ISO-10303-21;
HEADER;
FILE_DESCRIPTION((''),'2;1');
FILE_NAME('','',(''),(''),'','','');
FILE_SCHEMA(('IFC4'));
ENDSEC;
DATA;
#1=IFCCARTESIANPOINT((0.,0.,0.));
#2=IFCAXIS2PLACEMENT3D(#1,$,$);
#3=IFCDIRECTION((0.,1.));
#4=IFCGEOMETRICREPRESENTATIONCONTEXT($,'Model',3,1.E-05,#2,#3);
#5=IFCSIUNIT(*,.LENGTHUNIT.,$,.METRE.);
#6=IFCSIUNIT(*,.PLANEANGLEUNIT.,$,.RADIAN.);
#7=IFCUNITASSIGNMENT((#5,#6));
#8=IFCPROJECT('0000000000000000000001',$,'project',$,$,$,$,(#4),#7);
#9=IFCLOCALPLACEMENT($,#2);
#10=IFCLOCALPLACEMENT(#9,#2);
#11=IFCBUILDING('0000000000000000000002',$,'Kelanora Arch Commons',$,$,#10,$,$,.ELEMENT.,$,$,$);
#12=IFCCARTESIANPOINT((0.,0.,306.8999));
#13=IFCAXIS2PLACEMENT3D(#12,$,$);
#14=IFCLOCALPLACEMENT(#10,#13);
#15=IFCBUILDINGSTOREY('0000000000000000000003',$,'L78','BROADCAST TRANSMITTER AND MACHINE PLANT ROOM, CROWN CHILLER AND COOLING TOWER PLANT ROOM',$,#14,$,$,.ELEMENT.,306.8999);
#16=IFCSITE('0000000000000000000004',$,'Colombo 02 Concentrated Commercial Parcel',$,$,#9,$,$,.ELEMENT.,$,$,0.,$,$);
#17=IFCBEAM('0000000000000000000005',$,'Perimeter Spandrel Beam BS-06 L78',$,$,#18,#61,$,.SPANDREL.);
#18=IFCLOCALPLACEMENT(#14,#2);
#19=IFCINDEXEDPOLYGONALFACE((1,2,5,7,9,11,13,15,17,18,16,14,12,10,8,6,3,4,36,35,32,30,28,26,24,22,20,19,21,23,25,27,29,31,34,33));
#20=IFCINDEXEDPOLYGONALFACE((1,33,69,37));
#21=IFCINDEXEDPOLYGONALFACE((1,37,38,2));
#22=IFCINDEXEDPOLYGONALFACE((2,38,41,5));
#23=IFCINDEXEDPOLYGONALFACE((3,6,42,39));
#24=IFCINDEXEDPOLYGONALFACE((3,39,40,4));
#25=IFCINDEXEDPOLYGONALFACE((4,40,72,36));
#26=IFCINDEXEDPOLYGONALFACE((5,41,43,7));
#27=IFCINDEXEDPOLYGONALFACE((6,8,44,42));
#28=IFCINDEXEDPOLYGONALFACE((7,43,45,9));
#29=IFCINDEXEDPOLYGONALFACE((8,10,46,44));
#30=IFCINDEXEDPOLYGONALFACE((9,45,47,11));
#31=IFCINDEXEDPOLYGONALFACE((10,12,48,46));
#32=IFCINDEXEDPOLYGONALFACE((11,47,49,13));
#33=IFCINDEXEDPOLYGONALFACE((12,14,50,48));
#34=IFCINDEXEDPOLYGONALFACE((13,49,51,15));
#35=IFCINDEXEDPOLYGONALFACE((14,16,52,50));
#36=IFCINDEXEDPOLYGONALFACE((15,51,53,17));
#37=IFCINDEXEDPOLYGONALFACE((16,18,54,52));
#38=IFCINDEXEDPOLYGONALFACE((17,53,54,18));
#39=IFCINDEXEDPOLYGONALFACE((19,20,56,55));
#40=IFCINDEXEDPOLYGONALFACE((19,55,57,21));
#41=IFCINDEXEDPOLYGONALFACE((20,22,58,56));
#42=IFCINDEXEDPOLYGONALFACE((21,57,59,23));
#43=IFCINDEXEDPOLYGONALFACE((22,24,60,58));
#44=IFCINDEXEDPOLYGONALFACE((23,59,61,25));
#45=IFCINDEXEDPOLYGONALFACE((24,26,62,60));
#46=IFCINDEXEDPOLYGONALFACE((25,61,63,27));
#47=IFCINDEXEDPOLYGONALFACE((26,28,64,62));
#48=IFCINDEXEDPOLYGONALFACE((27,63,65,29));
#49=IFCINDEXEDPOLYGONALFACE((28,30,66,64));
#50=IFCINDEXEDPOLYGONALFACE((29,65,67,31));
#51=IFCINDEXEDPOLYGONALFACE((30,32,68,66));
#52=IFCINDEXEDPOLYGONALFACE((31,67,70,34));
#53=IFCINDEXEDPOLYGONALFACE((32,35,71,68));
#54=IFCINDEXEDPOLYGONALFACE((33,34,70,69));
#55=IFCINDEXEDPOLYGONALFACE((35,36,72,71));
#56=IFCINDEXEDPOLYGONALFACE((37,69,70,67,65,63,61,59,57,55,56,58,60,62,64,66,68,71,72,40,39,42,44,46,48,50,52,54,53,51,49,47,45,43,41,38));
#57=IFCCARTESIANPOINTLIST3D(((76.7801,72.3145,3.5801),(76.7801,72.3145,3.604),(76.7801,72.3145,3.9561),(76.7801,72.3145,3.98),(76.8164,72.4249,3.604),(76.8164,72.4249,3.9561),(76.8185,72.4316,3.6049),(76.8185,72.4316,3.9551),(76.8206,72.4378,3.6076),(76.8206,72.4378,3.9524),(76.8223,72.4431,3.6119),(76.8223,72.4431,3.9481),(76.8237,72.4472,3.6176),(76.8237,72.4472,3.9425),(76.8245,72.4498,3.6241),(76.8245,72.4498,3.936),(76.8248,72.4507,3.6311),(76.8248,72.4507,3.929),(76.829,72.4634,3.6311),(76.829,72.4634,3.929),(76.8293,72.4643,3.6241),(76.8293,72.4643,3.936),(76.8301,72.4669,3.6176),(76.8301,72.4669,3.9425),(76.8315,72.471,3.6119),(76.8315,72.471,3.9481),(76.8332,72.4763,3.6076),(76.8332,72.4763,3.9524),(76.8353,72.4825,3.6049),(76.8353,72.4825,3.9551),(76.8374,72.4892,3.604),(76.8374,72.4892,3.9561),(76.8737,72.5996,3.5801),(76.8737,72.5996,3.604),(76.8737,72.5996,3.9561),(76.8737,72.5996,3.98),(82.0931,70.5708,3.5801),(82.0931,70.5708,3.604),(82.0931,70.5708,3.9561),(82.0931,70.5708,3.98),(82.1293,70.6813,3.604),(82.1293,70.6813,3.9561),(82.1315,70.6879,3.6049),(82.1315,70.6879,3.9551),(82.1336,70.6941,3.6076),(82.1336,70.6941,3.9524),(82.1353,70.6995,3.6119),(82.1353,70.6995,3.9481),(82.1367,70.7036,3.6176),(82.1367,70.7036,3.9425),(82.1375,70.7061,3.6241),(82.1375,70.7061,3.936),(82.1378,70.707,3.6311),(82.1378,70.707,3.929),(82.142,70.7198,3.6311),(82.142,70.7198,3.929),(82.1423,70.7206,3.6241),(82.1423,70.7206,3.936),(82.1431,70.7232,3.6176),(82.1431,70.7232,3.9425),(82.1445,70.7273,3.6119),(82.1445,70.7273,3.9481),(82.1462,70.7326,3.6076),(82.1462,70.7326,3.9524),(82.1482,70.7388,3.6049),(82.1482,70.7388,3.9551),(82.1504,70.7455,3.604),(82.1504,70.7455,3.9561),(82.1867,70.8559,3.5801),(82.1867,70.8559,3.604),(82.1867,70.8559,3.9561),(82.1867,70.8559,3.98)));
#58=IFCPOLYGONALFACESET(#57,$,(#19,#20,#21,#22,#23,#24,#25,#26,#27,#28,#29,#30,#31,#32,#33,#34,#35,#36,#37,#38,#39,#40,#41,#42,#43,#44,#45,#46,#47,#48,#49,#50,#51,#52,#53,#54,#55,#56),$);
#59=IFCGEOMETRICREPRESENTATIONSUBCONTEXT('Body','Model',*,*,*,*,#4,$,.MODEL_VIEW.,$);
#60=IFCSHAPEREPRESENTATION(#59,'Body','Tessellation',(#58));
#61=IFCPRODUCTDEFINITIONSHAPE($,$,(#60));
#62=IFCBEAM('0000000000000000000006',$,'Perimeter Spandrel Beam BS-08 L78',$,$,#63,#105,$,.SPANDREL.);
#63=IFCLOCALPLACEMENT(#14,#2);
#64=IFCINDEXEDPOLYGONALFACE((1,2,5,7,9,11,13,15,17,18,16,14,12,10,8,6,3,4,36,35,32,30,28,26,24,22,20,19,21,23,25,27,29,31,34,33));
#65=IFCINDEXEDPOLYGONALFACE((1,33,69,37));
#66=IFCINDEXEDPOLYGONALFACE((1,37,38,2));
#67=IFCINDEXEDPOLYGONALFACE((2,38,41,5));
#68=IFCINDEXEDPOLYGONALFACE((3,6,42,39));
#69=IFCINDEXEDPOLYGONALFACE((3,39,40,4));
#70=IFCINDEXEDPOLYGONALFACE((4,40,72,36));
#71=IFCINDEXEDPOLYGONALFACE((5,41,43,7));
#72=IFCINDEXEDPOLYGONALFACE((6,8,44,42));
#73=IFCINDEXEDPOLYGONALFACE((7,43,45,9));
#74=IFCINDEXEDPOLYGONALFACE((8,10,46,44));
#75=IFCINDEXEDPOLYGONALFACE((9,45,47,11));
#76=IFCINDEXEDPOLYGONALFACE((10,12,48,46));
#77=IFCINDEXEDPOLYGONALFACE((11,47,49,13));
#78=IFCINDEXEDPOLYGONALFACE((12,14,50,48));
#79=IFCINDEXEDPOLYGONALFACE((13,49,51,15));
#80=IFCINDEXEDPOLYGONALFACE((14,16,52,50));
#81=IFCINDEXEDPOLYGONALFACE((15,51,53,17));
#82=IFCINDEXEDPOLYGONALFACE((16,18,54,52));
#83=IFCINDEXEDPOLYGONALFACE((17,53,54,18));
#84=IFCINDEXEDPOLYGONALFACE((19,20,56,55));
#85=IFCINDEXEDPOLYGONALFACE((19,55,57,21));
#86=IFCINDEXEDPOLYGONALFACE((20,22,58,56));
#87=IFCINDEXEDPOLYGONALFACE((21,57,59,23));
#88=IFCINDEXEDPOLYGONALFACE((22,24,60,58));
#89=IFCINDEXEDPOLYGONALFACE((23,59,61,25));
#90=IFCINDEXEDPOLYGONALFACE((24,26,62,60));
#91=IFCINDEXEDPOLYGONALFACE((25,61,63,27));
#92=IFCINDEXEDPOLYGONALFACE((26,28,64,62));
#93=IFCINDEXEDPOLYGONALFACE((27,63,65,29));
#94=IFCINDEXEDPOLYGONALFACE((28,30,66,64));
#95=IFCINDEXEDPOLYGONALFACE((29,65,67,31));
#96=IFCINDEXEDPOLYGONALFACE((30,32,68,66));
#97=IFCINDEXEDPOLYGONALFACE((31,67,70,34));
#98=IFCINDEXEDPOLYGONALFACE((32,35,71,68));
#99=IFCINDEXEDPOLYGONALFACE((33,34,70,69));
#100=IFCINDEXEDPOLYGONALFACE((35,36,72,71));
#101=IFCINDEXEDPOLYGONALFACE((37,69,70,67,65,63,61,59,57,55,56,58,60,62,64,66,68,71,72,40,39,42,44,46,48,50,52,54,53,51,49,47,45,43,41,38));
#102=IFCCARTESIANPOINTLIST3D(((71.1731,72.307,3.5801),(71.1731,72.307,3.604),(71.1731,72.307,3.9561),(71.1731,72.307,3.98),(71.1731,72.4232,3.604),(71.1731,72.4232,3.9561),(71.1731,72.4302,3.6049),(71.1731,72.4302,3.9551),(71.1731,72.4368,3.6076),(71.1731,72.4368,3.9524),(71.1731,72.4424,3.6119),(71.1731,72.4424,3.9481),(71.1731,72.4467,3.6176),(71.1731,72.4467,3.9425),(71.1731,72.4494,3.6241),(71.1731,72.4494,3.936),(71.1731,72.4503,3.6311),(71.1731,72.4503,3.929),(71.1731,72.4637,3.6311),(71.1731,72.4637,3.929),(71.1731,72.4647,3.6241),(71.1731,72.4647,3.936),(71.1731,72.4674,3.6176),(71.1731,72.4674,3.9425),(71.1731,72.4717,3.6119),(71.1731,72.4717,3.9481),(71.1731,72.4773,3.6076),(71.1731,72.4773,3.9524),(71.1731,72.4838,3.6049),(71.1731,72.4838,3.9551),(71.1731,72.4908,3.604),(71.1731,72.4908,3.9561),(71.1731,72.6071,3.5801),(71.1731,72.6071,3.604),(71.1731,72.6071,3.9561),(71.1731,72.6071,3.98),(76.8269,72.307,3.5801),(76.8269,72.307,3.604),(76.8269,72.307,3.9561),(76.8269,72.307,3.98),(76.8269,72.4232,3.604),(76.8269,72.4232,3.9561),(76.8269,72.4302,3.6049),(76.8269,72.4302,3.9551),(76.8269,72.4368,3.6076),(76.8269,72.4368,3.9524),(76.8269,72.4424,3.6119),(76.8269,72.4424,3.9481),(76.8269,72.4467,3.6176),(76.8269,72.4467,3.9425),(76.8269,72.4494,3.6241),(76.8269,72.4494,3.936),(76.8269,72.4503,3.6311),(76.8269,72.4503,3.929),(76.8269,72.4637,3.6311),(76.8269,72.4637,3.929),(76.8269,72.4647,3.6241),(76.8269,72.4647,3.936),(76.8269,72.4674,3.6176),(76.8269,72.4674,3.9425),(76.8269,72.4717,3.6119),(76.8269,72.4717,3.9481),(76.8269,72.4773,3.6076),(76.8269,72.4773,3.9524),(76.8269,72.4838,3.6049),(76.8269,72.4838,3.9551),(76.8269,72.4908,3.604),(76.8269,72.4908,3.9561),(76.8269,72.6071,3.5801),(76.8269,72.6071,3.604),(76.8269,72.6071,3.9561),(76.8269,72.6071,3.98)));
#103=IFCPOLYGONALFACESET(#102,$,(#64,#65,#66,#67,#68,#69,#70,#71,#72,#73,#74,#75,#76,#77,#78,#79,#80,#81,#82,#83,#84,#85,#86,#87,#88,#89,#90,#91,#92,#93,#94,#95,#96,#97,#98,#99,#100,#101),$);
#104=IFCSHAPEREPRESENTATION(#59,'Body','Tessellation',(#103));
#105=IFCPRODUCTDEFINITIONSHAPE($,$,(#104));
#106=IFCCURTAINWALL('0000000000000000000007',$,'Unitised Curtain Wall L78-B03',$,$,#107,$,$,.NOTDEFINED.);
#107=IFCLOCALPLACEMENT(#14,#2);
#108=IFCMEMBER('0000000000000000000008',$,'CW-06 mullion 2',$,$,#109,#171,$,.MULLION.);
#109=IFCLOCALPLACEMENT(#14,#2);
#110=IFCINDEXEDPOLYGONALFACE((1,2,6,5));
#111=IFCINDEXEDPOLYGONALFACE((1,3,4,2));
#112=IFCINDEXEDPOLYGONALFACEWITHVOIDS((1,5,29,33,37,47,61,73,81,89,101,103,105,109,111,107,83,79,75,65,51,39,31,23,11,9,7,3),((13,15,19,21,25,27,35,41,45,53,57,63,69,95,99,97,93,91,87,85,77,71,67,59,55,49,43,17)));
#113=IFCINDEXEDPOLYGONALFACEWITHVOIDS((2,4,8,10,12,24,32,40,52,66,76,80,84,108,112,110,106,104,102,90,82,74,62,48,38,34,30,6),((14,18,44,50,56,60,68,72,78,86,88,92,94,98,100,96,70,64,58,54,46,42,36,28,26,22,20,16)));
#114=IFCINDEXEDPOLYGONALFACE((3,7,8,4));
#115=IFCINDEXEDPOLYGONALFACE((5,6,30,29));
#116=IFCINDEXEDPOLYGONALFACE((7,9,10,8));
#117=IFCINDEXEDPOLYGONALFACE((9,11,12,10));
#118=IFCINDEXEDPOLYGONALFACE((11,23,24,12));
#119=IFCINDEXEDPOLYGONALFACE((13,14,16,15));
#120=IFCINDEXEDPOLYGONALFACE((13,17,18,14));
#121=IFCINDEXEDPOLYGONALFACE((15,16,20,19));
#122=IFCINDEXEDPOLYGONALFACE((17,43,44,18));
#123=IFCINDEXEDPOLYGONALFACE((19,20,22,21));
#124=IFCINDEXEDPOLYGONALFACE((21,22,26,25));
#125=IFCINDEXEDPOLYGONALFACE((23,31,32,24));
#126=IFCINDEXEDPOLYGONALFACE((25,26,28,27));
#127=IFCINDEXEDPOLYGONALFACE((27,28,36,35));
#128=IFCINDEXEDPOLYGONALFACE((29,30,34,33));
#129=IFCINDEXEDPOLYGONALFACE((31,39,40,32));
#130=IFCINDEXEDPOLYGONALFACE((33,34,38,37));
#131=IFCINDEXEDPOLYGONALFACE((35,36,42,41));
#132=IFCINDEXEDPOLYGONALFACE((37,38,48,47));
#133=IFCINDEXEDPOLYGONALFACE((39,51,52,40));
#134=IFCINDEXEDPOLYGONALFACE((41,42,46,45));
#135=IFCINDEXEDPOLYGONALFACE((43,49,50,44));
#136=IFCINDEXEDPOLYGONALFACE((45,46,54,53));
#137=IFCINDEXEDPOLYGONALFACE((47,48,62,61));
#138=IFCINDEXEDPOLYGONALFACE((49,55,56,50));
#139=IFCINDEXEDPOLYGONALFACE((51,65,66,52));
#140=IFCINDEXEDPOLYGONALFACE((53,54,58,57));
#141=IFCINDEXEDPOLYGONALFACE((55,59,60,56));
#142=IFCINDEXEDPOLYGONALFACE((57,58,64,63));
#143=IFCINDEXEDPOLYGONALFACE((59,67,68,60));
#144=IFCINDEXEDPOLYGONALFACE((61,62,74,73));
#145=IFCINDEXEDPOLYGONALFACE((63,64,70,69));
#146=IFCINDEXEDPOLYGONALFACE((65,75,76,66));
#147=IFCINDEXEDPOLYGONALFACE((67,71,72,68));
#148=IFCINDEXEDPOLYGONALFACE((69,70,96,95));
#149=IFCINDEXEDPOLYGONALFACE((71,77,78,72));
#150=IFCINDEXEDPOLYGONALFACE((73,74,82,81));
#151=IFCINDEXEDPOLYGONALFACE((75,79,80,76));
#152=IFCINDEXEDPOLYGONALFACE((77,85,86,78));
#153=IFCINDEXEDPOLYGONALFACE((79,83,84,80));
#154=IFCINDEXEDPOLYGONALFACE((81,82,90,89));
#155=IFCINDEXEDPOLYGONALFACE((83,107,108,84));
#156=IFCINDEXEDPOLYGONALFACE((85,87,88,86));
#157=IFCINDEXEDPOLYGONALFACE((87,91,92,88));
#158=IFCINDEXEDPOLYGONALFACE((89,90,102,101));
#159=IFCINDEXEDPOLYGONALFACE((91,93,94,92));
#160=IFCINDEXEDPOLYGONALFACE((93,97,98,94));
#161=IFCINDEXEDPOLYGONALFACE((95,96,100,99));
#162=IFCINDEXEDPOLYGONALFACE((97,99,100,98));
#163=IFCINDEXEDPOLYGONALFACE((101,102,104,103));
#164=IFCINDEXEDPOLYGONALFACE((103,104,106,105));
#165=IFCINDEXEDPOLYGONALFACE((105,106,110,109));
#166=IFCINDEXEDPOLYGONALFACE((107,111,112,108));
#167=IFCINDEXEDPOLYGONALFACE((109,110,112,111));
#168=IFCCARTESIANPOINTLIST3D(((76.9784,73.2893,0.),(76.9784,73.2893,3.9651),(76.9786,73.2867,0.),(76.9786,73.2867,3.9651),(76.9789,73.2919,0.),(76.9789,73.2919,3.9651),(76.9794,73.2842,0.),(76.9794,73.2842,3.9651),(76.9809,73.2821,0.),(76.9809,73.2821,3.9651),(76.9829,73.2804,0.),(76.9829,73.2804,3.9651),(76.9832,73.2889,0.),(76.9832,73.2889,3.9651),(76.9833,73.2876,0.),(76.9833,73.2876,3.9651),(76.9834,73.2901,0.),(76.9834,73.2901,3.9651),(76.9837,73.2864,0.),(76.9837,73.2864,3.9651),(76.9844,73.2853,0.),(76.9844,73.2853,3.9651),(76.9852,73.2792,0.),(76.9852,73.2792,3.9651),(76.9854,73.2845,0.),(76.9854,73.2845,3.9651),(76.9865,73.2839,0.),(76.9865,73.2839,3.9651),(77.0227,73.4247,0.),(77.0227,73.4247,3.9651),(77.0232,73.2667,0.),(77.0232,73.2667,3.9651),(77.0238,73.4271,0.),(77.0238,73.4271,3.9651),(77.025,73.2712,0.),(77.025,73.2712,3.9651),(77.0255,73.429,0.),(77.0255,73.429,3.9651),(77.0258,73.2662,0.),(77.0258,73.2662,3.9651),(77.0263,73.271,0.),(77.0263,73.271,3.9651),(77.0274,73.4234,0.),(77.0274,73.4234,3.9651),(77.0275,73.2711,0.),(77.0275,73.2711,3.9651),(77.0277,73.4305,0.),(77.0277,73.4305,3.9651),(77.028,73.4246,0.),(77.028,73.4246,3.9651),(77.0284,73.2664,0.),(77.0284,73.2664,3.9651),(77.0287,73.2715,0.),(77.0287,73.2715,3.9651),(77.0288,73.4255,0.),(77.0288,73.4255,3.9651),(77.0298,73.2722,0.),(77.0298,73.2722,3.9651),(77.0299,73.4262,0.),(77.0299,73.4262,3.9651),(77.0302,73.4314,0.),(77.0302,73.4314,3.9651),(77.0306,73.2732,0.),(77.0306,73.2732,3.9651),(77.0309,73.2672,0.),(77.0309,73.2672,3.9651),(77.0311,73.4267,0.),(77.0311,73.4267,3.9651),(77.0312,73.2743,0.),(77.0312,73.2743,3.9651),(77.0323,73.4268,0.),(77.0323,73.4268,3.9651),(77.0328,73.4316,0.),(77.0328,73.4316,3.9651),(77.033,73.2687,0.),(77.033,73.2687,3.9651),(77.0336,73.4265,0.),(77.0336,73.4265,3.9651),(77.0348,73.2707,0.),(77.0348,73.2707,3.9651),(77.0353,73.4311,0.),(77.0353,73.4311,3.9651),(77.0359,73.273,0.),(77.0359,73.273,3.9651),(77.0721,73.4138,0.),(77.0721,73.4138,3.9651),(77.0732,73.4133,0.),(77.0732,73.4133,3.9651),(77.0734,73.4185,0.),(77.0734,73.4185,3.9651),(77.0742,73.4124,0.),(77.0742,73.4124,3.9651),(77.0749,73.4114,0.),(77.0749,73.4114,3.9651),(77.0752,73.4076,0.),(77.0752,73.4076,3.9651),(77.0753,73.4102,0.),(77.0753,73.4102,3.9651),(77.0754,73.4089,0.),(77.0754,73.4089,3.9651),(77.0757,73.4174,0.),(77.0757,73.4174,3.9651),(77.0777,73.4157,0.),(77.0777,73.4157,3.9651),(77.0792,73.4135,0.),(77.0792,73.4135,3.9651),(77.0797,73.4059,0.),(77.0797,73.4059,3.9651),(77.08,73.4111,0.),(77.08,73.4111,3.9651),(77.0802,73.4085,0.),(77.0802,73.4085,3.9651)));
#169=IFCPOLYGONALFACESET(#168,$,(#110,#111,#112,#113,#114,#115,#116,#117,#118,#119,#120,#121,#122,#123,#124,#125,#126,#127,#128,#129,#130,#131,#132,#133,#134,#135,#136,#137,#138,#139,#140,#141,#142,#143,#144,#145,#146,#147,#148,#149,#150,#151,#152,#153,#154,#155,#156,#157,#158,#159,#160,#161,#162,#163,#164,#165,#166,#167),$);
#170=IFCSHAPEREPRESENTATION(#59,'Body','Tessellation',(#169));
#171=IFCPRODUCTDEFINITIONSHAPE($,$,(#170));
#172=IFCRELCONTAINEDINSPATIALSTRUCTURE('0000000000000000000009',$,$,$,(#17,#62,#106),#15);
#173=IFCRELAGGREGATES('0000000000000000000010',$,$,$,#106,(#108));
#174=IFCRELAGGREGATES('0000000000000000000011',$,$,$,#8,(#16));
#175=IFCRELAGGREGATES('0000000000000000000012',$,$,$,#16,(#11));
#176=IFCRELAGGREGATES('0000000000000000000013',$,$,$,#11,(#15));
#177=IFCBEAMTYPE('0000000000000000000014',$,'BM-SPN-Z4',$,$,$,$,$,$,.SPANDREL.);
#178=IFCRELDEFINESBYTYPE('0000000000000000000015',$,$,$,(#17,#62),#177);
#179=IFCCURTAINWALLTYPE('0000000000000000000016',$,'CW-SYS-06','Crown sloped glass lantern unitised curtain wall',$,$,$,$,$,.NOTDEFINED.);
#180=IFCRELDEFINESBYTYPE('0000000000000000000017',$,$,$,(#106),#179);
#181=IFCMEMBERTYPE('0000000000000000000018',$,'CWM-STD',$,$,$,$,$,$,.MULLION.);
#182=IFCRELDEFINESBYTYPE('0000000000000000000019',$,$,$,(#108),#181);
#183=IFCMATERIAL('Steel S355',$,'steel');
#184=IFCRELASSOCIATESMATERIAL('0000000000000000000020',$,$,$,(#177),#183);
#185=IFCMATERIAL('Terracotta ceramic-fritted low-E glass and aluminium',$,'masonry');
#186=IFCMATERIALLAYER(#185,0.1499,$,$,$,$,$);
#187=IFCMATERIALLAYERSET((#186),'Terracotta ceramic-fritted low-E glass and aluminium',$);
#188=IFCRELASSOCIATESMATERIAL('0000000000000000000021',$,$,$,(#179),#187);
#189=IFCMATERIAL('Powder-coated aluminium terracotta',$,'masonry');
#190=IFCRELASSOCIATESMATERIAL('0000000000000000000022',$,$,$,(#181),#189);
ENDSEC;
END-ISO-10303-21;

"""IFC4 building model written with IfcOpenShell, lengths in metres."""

from ifc_helpers import new_model, si_unit, direction, frame, origin, origin_2d, place, context, subcontext, project, spatial, hollow_rectangle, i_section, extrude, material, layer, layer_set, material_profile, profile_set, type_object, element, aggregate, save


model = new_model("IFC4")

# Units and contexts
model_context = context("Model", 3, precision=1e-05, world=origin(), true_north=direction((0.0, 1.0)))
body_context = subcontext(model_context, "Body", "Model", "MODEL_VIEW")
ifc_project = project(units=[si_unit("LENGTHUNIT", "METRE"), si_unit("PLANEANGLEUNIT", "RADIAN")], contexts=[model_context])

# Site, building, storey
site_placement = place(None, origin())
site = spatial("IfcSite", under=ifc_project, at=site_placement, Name="Colombo 02 Concentrated Commercial Parcel", CompositionType="ELEMENT", RefElevation=0.0)
building_placement = place(site_placement, origin())
building = spatial("IfcBuilding", under=site, at=building_placement, Name="Kelanora Arch Commons", CompositionType="ELEMENT")
storey_placement = place(building_placement, frame((0.0, 0.0, 306.8999)))
storey = spatial("IfcBuildingStorey", under=building, at=storey_placement, Name="L78", Description="BROADCAST TRANSMITTER AND MACHINE PLANT ROOM, CROWN CHILLER AND COOLING TOWER PLANT ROOM", CompositionType="ELEMENT", Elevation=306.8999)

# Beams
ifc_material_1 = material(Name="Steel S355", Category="steel")
ifc_material_profile_1 = material_profile(ifc_material_1, i_section(OverallWidth=0.3, OverallDepth=0.3999, WebThickness=0.0134, FlangeThickness=0.0239, FilletRadius=0.0271, at=origin_2d()), Name="HEB400")
ifc_profile_set_1 = profile_set([ifc_material_profile_1], Name="Steel S355")
beam_type_1 = type_object("IfcBeamType", Name="BM-SPN-Z4", PredefinedType="SPANDREL", material=ifc_profile_set_1)
beam_1_placement = place(storey_placement, frame((82.1399, 70.7134, 3.78), z_axis=(-0.95014, 0.311823, 0.0), x_axis=(-0.311823, -0.95014, 0.0)))
element("IfcBeam", 1, at=beam_1_placement, inside=storey, type_object=beam_type_1, Name="Perimeter Spandrel Beam BS-06 L78", PredefinedType="SPANDREL", context=body_context, shape_type="SweptSolid", body=[
    extrude(i_section(OverallWidth=0.3, OverallDepth=0.3999, WebThickness=0.0134, FlangeThickness=0.0239, FilletRadius=0.0271, at=origin_2d()), origin(), (0.0, 0.0, 1.0), 5.5918),
])
beam_2_placement = place(storey_placement, frame((76.8269, 72.457, 3.78), z_axis=(-1.0, 0.0, 0.0), x_axis=(0.0, -1.0, 0.0)))
element("IfcBeam", 2, at=beam_2_placement, inside=storey, type_object=beam_type_1, Name="Perimeter Spandrel Beam BS-08 L78", PredefinedType="SPANDREL", context=body_context, shape_type="SweptSolid", body=[
    extrude(i_section(OverallWidth=0.3, OverallDepth=0.3999, WebThickness=0.0134, FlangeThickness=0.0239, FilletRadius=0.0271, at=origin_2d()), origin(), (0.0, 0.0, 1.0), 5.6538),
])

# Curtain wall, member
ifc_material_2 = material(Name="Terracotta ceramic-fritted low-E glass and aluminium", Category="masonry")
ifc_layer_1 = layer(ifc_material_2, 0.1499)
ifc_layer_set_1 = layer_set([ifc_layer_1], Name="Terracotta ceramic-fritted low-E glass and aluminium")
curtain_wall_type = type_object("IfcCurtainWallType", Name="CW-SYS-06", Description="Crown sloped glass lantern unitised curtain wall", PredefinedType="NOTDEFINED", material=ifc_layer_set_1)
curtain_wall_1_placement = place(storey_placement, origin())
curtain_wall_1 = element("IfcCurtainWall", 3, at=curtain_wall_1_placement, inside=storey, type_object=curtain_wall_type, Name="Unitised Curtain Wall L78-B03", PredefinedType="NOTDEFINED")
ifc_material_3 = material(Name="Powder-coated aluminium terracotta", Category="masonry")
ifc_material_profile_2 = material_profile(ifc_material_3, hollow_rectangle(XDim=0.1599, YDim=0.0601, WallThickness=0.0049, InnerFilletRadius=0.0049, OuterFilletRadius=0.01, at=origin_2d()), Name="CWM160x60")
ifc_profile_set_2 = profile_set([ifc_material_profile_2], Name="Powder-coated aluminium terracotta")
member_type_1 = type_object("IfcMemberType", Name="CWM-STD", PredefinedType="MULLION", material=ifc_profile_set_2)
member_1_placement = place(storey_placement, frame((77.0293, 73.3489, 0.0), z_axis=(0.0, 0.0, 1.0), x_axis=(-0.313467, -0.949599, 0.0)))
member_1 = element("IfcMember", 4, at=member_1_placement, type_object=member_type_1, Name="CW-06 mullion 2", PredefinedType="MULLION", context=body_context, shape_type="SweptSolid", body=[
    extrude(hollow_rectangle(XDim=0.1599, YDim=0.0601, WallThickness=0.0049, InnerFilletRadius=0.0049, OuterFilletRadius=0.01, at=origin_2d()), origin(), (0.0, 0.0, 1.0), 3.9651),
])

aggregate(curtain_wall_1, [member_1])

save(model, "model.ifc")
